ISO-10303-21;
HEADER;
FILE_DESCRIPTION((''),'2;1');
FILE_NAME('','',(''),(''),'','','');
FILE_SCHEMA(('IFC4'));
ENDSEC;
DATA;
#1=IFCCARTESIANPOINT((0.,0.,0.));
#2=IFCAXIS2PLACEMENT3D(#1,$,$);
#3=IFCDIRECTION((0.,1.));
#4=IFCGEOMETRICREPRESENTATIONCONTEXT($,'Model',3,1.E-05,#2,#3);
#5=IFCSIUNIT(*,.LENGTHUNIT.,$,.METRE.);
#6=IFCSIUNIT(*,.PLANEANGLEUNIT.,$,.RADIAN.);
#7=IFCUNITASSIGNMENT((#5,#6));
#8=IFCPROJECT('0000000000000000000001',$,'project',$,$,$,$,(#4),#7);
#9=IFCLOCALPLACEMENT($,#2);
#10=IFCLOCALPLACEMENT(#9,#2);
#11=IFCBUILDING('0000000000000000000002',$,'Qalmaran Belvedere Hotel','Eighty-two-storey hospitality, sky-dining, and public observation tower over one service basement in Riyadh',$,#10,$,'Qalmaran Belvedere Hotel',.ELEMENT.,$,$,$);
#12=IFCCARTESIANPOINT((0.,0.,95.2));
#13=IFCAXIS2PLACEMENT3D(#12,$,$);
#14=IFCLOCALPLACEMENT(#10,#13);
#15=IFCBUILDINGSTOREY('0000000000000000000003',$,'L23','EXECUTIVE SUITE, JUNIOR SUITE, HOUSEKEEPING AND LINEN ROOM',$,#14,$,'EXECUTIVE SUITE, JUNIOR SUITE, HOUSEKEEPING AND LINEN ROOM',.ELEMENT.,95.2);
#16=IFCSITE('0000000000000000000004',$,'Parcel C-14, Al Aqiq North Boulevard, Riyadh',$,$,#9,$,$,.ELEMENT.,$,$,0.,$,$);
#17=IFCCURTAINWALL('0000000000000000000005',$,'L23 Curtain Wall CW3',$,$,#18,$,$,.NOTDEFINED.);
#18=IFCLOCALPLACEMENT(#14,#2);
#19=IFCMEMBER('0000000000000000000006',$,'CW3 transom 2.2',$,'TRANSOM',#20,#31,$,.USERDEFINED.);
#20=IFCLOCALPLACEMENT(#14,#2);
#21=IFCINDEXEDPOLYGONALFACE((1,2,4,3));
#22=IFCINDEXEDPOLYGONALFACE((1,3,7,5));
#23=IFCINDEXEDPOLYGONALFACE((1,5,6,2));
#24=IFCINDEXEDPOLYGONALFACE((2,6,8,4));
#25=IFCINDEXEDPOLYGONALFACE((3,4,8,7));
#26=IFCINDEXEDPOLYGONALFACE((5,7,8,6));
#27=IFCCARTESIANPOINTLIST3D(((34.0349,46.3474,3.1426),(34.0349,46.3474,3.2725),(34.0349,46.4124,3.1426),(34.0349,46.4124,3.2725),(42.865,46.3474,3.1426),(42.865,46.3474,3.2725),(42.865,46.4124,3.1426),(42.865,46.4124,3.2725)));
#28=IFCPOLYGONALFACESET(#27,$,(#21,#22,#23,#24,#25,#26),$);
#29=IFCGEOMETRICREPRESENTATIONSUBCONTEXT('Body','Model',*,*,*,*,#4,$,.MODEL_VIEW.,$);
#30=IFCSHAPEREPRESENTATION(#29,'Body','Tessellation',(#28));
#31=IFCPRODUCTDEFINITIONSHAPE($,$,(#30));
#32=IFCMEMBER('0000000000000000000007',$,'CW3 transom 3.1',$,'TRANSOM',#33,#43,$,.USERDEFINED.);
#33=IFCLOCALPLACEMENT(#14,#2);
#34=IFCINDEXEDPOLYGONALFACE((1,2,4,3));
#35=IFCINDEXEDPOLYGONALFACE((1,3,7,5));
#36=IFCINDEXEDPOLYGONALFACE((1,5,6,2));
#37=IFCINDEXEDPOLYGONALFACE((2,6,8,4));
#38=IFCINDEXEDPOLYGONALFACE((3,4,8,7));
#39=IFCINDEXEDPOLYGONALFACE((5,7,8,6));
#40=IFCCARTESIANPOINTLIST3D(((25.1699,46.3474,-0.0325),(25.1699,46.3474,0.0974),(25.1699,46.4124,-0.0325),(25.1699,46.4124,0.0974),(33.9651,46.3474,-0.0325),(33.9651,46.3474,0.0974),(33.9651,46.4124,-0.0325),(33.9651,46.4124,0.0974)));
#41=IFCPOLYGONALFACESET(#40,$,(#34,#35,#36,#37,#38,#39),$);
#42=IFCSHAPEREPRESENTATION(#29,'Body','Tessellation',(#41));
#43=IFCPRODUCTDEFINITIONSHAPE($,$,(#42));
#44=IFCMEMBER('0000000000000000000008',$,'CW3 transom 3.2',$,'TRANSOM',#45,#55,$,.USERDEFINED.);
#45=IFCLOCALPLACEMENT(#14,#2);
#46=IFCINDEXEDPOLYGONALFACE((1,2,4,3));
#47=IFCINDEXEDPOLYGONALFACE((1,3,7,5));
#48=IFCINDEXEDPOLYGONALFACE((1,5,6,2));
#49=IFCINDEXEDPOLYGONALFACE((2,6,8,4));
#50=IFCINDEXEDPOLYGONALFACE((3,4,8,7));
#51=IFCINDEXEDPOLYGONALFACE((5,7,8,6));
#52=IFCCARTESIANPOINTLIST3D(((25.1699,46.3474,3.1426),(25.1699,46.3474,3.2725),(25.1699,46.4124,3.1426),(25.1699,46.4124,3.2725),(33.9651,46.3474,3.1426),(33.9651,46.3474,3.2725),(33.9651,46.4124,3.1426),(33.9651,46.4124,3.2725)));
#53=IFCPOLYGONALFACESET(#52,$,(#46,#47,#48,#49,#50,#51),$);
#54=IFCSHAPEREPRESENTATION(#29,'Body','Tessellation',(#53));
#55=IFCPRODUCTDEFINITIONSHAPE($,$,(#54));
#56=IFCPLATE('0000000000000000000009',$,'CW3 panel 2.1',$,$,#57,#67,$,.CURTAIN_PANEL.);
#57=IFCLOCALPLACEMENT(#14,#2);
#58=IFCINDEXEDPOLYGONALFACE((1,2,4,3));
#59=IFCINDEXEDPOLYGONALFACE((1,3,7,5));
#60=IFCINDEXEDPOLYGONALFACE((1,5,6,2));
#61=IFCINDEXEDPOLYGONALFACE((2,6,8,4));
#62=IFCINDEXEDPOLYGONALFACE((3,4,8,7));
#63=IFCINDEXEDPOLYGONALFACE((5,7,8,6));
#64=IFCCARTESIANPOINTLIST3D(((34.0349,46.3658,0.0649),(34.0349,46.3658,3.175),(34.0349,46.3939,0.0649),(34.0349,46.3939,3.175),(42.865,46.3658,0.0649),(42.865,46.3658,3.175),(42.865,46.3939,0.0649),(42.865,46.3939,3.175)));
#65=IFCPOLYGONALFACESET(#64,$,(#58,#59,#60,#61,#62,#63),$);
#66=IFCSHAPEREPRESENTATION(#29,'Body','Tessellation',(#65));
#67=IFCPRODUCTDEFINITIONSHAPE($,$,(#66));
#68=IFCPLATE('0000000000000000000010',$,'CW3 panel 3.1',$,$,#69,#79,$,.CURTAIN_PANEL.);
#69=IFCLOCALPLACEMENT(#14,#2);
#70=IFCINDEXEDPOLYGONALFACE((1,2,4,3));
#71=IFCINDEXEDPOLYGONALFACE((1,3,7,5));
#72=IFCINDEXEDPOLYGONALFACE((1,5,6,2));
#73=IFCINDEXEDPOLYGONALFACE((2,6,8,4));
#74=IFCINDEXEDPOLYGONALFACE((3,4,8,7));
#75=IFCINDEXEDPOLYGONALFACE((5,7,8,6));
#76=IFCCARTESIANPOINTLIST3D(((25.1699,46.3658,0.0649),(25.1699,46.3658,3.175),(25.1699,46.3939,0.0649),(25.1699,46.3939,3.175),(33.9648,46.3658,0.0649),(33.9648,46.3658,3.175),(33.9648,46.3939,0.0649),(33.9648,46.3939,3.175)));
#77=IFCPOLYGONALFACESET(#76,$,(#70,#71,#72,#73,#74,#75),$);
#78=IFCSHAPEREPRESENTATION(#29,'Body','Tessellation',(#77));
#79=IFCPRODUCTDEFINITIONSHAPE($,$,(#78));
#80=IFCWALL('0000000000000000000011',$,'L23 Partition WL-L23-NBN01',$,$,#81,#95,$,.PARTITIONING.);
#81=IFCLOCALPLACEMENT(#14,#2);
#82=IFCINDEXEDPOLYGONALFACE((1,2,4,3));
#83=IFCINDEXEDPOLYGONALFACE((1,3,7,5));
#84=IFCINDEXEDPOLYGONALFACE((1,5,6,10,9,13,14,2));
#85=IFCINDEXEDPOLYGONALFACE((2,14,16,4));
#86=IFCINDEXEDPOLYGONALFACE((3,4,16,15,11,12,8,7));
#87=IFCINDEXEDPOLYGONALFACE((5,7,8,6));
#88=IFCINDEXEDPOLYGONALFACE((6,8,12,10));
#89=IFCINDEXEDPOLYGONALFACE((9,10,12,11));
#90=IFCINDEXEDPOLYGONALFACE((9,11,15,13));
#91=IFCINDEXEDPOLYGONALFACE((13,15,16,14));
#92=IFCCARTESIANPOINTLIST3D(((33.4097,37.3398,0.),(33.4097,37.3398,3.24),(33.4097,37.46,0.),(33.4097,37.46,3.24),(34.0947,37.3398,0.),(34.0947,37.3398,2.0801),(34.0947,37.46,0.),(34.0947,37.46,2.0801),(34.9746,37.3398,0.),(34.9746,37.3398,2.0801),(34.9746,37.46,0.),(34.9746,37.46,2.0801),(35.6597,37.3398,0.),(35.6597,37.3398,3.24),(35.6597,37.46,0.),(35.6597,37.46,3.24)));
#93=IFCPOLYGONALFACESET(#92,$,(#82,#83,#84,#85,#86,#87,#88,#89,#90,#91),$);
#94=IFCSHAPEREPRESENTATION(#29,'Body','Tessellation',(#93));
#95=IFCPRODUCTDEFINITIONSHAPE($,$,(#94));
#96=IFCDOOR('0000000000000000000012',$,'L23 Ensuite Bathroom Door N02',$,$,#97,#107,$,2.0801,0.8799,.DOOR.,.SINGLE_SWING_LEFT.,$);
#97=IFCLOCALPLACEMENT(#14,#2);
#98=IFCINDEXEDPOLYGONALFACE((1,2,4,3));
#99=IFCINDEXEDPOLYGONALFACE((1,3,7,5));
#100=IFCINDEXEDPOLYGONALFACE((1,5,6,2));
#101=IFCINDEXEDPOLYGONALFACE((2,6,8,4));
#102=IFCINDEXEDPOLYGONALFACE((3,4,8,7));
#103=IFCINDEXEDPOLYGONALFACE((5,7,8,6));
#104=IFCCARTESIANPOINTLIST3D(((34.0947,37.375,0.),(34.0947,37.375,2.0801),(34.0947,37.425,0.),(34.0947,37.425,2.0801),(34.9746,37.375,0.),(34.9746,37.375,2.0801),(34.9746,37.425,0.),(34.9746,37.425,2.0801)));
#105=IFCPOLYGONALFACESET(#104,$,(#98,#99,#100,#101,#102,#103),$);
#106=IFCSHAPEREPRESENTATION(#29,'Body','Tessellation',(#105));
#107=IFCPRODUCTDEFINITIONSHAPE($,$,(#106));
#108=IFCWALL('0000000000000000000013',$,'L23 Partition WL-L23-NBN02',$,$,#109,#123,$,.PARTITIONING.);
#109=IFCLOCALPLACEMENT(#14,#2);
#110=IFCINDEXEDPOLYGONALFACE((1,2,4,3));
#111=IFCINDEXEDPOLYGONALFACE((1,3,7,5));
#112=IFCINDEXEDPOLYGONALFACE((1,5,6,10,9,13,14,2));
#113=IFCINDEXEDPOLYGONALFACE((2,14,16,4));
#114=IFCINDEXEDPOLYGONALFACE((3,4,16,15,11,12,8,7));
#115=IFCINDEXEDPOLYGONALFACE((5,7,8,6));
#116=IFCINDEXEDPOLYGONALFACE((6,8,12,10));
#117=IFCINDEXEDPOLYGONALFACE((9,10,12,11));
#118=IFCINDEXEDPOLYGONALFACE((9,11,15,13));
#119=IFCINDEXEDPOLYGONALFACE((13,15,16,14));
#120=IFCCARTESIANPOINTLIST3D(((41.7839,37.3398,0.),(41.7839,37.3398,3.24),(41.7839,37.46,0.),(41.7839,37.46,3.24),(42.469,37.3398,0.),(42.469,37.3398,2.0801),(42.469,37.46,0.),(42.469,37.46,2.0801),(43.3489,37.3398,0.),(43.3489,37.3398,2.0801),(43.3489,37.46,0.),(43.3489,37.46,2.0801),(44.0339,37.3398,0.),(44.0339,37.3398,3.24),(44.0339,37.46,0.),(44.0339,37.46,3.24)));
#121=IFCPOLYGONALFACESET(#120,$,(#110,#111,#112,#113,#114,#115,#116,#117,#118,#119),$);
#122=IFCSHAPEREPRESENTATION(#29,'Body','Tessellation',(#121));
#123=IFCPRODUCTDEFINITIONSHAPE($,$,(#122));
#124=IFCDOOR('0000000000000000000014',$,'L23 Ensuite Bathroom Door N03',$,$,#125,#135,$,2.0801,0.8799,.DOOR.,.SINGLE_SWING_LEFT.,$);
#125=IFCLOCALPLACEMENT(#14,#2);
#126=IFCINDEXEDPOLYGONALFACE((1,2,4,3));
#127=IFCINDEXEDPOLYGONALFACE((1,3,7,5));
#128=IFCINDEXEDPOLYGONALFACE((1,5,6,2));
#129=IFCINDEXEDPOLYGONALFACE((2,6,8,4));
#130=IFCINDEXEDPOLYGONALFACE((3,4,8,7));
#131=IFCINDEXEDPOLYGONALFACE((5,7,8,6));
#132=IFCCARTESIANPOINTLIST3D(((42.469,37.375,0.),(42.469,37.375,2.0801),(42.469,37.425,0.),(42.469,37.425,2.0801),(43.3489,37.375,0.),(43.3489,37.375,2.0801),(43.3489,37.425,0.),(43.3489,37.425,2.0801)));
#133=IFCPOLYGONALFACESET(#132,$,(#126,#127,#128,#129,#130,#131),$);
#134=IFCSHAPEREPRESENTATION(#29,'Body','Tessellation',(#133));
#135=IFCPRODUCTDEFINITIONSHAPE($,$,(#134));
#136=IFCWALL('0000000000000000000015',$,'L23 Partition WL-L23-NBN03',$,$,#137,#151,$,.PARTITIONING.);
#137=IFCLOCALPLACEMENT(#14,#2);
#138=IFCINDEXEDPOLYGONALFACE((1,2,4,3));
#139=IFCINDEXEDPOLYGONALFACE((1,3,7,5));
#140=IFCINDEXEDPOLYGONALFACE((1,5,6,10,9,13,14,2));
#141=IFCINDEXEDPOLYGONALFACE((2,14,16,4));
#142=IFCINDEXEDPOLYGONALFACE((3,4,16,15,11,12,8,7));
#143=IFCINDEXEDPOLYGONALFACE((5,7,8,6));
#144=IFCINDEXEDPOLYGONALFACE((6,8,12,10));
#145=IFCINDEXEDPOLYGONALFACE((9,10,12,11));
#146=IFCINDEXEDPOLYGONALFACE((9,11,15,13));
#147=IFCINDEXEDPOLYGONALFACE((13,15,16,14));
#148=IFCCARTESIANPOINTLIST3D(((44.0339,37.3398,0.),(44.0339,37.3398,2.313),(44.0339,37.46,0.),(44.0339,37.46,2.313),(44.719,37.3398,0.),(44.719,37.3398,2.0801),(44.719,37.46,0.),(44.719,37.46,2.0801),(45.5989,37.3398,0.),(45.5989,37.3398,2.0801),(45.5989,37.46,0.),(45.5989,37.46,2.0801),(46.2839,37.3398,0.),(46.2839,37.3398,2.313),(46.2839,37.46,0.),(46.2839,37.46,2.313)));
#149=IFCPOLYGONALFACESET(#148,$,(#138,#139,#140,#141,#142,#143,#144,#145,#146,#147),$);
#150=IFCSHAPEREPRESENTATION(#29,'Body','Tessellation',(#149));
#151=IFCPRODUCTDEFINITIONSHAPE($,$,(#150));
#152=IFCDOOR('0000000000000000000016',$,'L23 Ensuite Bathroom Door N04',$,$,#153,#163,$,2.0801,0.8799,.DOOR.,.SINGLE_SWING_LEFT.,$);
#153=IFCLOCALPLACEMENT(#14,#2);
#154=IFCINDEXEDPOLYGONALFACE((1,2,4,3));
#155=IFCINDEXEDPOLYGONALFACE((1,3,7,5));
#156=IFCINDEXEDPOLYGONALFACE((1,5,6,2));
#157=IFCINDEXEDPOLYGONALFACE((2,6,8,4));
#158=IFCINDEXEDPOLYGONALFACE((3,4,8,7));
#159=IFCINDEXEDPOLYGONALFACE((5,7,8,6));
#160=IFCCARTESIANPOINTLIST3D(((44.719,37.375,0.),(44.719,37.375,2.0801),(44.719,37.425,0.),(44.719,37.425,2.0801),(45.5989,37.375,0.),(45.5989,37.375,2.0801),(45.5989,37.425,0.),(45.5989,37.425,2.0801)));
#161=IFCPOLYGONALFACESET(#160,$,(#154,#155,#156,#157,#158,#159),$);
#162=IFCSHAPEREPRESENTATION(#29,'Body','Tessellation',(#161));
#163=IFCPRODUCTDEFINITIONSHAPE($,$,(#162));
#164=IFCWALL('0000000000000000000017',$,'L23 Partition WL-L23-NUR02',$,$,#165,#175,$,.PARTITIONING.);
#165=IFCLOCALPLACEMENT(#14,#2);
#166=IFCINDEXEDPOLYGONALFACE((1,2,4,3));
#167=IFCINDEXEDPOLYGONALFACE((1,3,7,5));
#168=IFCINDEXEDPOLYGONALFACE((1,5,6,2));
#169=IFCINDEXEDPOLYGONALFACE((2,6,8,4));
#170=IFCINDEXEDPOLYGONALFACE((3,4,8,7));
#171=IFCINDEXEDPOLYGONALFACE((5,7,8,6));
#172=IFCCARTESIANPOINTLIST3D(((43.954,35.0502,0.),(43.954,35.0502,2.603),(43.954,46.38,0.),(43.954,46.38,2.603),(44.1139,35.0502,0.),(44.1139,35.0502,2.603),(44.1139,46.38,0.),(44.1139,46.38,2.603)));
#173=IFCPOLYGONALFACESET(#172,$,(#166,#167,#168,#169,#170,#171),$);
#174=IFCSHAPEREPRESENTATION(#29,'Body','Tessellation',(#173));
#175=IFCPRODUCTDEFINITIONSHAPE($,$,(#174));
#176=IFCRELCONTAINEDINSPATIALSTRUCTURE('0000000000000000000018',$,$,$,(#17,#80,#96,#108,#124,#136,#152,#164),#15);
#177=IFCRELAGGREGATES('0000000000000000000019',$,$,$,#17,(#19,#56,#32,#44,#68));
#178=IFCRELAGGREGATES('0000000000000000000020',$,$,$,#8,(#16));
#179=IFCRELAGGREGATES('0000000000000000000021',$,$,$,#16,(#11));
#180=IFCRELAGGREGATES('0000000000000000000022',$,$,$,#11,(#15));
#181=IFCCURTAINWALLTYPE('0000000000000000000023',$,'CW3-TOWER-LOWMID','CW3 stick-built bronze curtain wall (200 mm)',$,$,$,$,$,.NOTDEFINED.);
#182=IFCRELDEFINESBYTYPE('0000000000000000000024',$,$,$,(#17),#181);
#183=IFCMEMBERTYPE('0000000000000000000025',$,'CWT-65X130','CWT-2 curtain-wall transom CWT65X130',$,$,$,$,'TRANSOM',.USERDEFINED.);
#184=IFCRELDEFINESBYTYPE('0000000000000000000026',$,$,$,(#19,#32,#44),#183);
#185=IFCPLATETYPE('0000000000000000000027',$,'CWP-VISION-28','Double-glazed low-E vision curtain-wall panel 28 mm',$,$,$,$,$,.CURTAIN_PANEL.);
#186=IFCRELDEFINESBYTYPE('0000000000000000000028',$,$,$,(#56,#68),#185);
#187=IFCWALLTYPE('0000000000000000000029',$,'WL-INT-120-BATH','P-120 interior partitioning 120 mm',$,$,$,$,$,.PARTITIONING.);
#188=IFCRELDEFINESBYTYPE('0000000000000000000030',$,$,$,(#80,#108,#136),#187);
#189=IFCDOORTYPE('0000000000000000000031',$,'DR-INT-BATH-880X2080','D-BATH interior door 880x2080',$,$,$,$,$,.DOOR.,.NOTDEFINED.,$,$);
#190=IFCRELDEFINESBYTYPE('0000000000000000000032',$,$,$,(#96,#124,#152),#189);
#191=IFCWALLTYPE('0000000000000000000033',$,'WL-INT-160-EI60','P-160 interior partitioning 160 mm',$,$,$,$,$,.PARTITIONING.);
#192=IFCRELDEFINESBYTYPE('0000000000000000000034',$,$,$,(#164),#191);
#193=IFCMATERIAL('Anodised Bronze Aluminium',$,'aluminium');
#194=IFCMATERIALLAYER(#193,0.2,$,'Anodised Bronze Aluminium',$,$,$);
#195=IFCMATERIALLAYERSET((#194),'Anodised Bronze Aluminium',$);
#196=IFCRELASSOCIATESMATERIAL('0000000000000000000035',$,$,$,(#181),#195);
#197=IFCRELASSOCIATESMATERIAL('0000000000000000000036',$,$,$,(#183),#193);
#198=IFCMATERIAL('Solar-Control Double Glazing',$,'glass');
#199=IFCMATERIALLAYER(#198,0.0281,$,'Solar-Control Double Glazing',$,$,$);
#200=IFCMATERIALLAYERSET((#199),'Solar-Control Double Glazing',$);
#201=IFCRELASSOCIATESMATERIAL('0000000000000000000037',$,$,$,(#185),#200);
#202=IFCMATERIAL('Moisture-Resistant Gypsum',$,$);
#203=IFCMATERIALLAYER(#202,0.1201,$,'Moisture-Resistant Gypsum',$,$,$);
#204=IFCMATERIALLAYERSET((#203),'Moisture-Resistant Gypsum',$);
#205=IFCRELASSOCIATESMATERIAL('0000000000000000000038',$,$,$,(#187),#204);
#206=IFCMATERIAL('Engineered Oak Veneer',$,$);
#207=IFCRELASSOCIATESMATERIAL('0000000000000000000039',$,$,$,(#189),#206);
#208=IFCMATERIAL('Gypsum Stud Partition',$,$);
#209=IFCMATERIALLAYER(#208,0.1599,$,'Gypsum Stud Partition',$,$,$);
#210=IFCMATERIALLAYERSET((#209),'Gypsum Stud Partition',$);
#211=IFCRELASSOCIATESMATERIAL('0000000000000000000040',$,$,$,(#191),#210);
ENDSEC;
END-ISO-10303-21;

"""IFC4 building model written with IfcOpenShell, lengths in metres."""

from ifc_helpers import new_model, si_unit, direction, frame, frame_2d, origin, origin_2d, place, context, subcontext, project, spatial, rectangle, extrude, material, layer, layer_set, material_profile, profile_set, type_object, element, fill, aggregate, save


model = new_model("IFC4")

# Units and contexts
model_context = context("Model", 3, precision=1e-05, world=origin(), true_north=direction((0.0, 1.0)))
body_context = subcontext(model_context, "Body", "Model", "MODEL_VIEW")
ifc_project = project(units=[si_unit("LENGTHUNIT", "METRE"), si_unit("PLANEANGLEUNIT", "RADIAN")], contexts=[model_context])

# Site, building, storey
site_placement = place(None, origin())
site = spatial("IfcSite", under=ifc_project, at=site_placement, Name="Parcel C-14, Al Aqiq North Boulevard, Riyadh", CompositionType="ELEMENT", RefElevation=0.0)
building_placement = place(site_placement, origin())
building = spatial("IfcBuilding", under=site, at=building_placement, Name="Qalmaran Belvedere Hotel", Description="Eighty-two-storey hospitality, sky-dining, and public observation tower over one service basement in Riyadh", LongName="Qalmaran Belvedere Hotel", CompositionType="ELEMENT")
storey_placement = place(building_placement, frame((0.0, 0.0, 95.2)))
storey = spatial("IfcBuildingStorey", under=building, at=storey_placement, Name="L23", Description="EXECUTIVE SUITE, JUNIOR SUITE, HOUSEKEEPING AND LINEN ROOM", LongName="EXECUTIVE SUITE, JUNIOR SUITE, HOUSEKEEPING AND LINEN ROOM", CompositionType="ELEMENT", Elevation=95.2)

# Curtain wall, members, plates
ifc_material_1 = material(Name="Anodised Bronze Aluminium", Category="aluminium")
ifc_layer_1 = layer(ifc_material_1, 0.2, Name="Anodised Bronze Aluminium")
ifc_layer_set_1 = layer_set([ifc_layer_1], Name="Anodised Bronze Aluminium")
curtain_wall_type = type_object("IfcCurtainWallType", Name="CW3-TOWER-LOWMID", Description="CW3 stick-built bronze curtain wall (200 mm)", PredefinedType="NOTDEFINED", material=ifc_layer_set_1)
curtain_wall_placement = place(storey_placement, origin())
curtain_wall = element("IfcCurtainWall", 1, at=curtain_wall_placement, inside=storey, type_object=curtain_wall_type, Name="L23 Curtain Wall CW3", PredefinedType="NOTDEFINED")
ifc_material_profile_1 = material_profile(ifc_material_1, rectangle(XDim=0.0649, YDim=0.1299, at=origin_2d()), Name="CWT65X130")
ifc_profile_set_1 = profile_set([ifc_material_profile_1], Name="Anodised Bronze Aluminium")
member_type_1 = type_object("IfcMemberType", Name="CWT-65X130", Description="CWT-2 curtain-wall transom CWT65X130", ElementType="TRANSOM", PredefinedType="USERDEFINED", material=ifc_profile_set_1)
member_1_placement = place(storey_placement, frame((42.865, 46.3799, 3.2075), z_axis=(-1.0, 0.0, 0.0), x_axis=(0.0, -1.0, 0.0)))
member_1 = element("IfcMember", 2, at=member_1_placement, type_object=member_type_1, Name="CW3 transom 2.2", ObjectType="TRANSOM", PredefinedType="USERDEFINED", context=body_context, shape_type="SweptSolid", body=[
    extrude(rectangle(XDim=0.0649, YDim=0.1299, at=origin_2d()), origin(), (0.0, 0.0, 1.0), 8.8301),
])
member_2_placement = place(storey_placement, frame((33.9651, 46.3799, 0.0325), z_axis=(-1.0, 0.0, 0.0), x_axis=(0.0, -1.0, 0.0)))
member_2 = element("IfcMember", 3, at=member_2_placement, type_object=member_type_1, Name="CW3 transom 3.1", ObjectType="TRANSOM", PredefinedType="USERDEFINED", context=body_context, shape_type="SweptSolid", body=[
    extrude(rectangle(XDim=0.0649, YDim=0.1299, at=origin_2d()), origin(), (0.0, 0.0, 1.0), 8.7952),
])
member_3_placement = place(storey_placement, frame((33.9651, 46.3799, 3.2075), z_axis=(-1.0, 0.0, 0.0), x_axis=(0.0, -1.0, 0.0)))
member_3 = element("IfcMember", 4, at=member_3_placement, type_object=member_type_1, Name="CW3 transom 3.2", ObjectType="TRANSOM", PredefinedType="USERDEFINED", context=body_context, shape_type="SweptSolid", body=[
    extrude(rectangle(XDim=0.0649, YDim=0.1299, at=origin_2d()), origin(), (0.0, 0.0, 1.0), 8.7952),
])
ifc_material_2 = material(Name="Solar-Control Double Glazing", Category="glass")
ifc_layer_2 = layer(ifc_material_2, 0.0281, Name="Solar-Control Double Glazing")
ifc_layer_set_2 = layer_set([ifc_layer_2], Name="Solar-Control Double Glazing")
plate_type = type_object("IfcPlateType", Name="CWP-VISION-28", Description="Double-glazed low-E vision curtain-wall panel 28 mm", PredefinedType="CURTAIN_PANEL", material=ifc_layer_set_2)
plate_1_placement = place(storey_placement, frame((38.45, 46.3799, 0.0649), z_axis=(0.0, 0.0, 1.0), x_axis=(-1.0, 0.0, 0.0)))
plate_1 = element("IfcPlate", 5, at=plate_1_placement, type_object=plate_type, Name="CW3 panel 2.1", PredefinedType="CURTAIN_PANEL", context=body_context, shape_type="SweptSolid", body=[
    extrude(rectangle(XDim=8.8301, YDim=0.0281, at=origin_2d()), origin(), (0.0, 0.0, 1.0), 3.1101),
])
plate_2_placement = place(storey_placement, frame((29.5674, 46.3799, 0.0649), z_axis=(0.0, 0.0, 1.0), x_axis=(-1.0, 0.0, 0.0)))
plate_2 = element("IfcPlate", 6, at=plate_2_placement, type_object=plate_type, Name="CW3 panel 3.1", PredefinedType="CURTAIN_PANEL", context=body_context, shape_type="SweptSolid", body=[
    extrude(rectangle(XDim=8.7949, YDim=0.0281, at=origin_2d()), origin(), (0.0, 0.0, 1.0), 3.1101),
])
aggregate(curtain_wall, [member_1, plate_1, member_2, member_3, plate_2])

# Walls, openings, doors
ifc_material_3 = material(Name="Moisture-Resistant Gypsum")
ifc_layer_3 = layer(ifc_material_3, 0.1201, Name="Moisture-Resistant Gypsum")
ifc_layer_set_3 = layer_set([ifc_layer_3], Name="Moisture-Resistant Gypsum")
wall_type_1 = type_object("IfcWallType", Name="WL-INT-120-BATH", Description="P-120 interior partitioning 120 mm", PredefinedType="PARTITIONING", material=ifc_layer_set_3)
wall_1_placement = place(storey_placement, frame((33.4097, 37.3999, 0.0), z_axis=(0.0, 0.0, 1.0), x_axis=(1.0, 0.0, 0.0)))
wall_1 = element("IfcWall", 7, at=wall_1_placement, inside=storey, type_object=wall_type_1, Name="L23 Partition WL-L23-NBN01", PredefinedType="PARTITIONING", context=body_context, shape_type="SweptSolid", body=[
    extrude(rectangle(XDim=2.25, YDim=0.1201, at=frame_2d((1.125, 0.0))), origin(), (0.0, 0.0, 1.0), 3.24),
])
opening_1_placement = place(wall_1_placement, frame((1.5649, 0.0, 0.0), z_axis=(0.0, 0.0, 1.0), x_axis=(-1.0, 0.0, 0.0)))
opening_1 = element("IfcOpeningElement", 8, at=opening_1_placement, cuts=wall_1, PredefinedType="OPENING", context=body_context, shape_type="SweptSolid", body=[
    extrude(rectangle(XDim=0.8799, YDim=2.0801, at=frame_2d((0.4399, 1.04))), frame((0.0, 0.0701, 0.0), z_axis=(0.0, -1.0, 0.0), x_axis=(1.0, 0.0, 0.0)), (0.0, 0.0, 1.0), 0.1401),
])
ifc_material_4 = material(Name="Engineered Oak Veneer")
door_type = type_object("IfcDoorType", Name="DR-INT-BATH-880X2080", Description="D-BATH interior door 880x2080", OperationType="NOTDEFINED", PredefinedType="DOOR", material=ifc_material_4)
door_1_placement = place(opening_1_placement, origin())
door_1 = element("IfcDoor", 9, at=door_1_placement, inside=storey, type_object=door_type, Name="L23 Ensuite Bathroom Door N02", OperationType="SINGLE_SWING_LEFT", OverallHeight=2.0801, OverallWidth=0.8799, PredefinedType="DOOR", context=body_context, shape_type="SweptSolid", body=[
    extrude(rectangle(XDim=0.8799, YDim=2.0801, at=frame_2d((0.4399, 1.04))), frame((0.0, 0.0249, 0.0), z_axis=(0.0, -1.0, 0.0), x_axis=(1.0, 0.0, 0.0)), (0.0, 0.0, 1.0), 0.05),
])
fill(opening_1, door_1)
wall_2_placement = place(storey_placement, frame((41.7839, 37.3999, 0.0), z_axis=(0.0, 0.0, 1.0), x_axis=(1.0, 0.0, 0.0)))
wall_2 = element("IfcWall", 10, at=wall_2_placement, inside=storey, type_object=wall_type_1, Name="L23 Partition WL-L23-NBN02", PredefinedType="PARTITIONING", context=body_context, shape_type="SweptSolid", body=[
    extrude(rectangle(XDim=2.25, YDim=0.1201, at=frame_2d((1.125, 0.0))), origin(), (0.0, 0.0, 1.0), 3.24),
])
opening_2_placement = place(wall_2_placement, frame((1.5649, 0.0, 0.0), z_axis=(0.0, 0.0, 1.0), x_axis=(-1.0, 0.0, 0.0)))
opening_2 = element("IfcOpeningElement", 11, at=opening_2_placement, cuts=wall_2, PredefinedType="OPENING", context=body_context, shape_type="SweptSolid", body=[
    extrude(rectangle(XDim=0.8799, YDim=2.0801, at=frame_2d((0.4399, 1.04))), frame((0.0, 0.0701, 0.0), z_axis=(0.0, -1.0, 0.0), x_axis=(1.0, 0.0, 0.0)), (0.0, 0.0, 1.0), 0.1401),
])
door_2_placement = place(opening_2_placement, origin())
door_2 = element("IfcDoor", 12, at=door_2_placement, inside=storey, type_object=door_type, Name="L23 Ensuite Bathroom Door N03", OperationType="SINGLE_SWING_LEFT", OverallHeight=2.0801, OverallWidth=0.8799, PredefinedType="DOOR", context=body_context, shape_type="SweptSolid", body=[
    extrude(rectangle(XDim=0.8799, YDim=2.0801, at=frame_2d((0.4399, 1.04))), frame((0.0, 0.0249, 0.0), z_axis=(0.0, -1.0, 0.0), x_axis=(1.0, 0.0, 0.0)), (0.0, 0.0, 1.0), 0.05),
])
fill(opening_2, door_2)
wall_3_placement = place(storey_placement, frame((44.0339, 37.3999, 0.0), z_axis=(0.0, 0.0, 1.0), x_axis=(1.0, 0.0, 0.0)))
wall_3 = element("IfcWall", 13, at=wall_3_placement, inside=storey, type_object=wall_type_1, Name="L23 Partition WL-L23-NBN03", PredefinedType="PARTITIONING", context=body_context, shape_type="SweptSolid", body=[
    extrude(rectangle(XDim=2.25, YDim=0.1201, at=frame_2d((1.125, 0.0))), origin(), (0.0, 0.0, 1.0), 2.313),
])
opening_3_placement = place(wall_3_placement, frame((1.5649, 0.0, 0.0), z_axis=(0.0, 0.0, 1.0), x_axis=(-1.0, 0.0, 0.0)))
opening_3 = element("IfcOpeningElement", 14, at=opening_3_placement, cuts=wall_3, PredefinedType="OPENING", context=body_context, shape_type="SweptSolid", body=[
    extrude(rectangle(XDim=0.8799, YDim=2.0801, at=frame_2d((0.4399, 1.04))), frame((0.0, 0.0701, 0.0), z_axis=(0.0, -1.0, 0.0), x_axis=(1.0, 0.0, 0.0)), (0.0, 0.0, 1.0), 0.1401),
])
door_3_placement = place(opening_3_placement, origin())
door_3 = element("IfcDoor", 15, at=door_3_placement, inside=storey, type_object=door_type, Name="L23 Ensuite Bathroom Door N04", OperationType="SINGLE_SWING_LEFT", OverallHeight=2.0801, OverallWidth=0.8799, PredefinedType="DOOR", context=body_context, shape_type="SweptSolid", body=[
    extrude(rectangle(XDim=0.8799, YDim=2.0801, at=frame_2d((0.4399, 1.04))), frame((0.0, 0.0249, 0.0), z_axis=(0.0, -1.0, 0.0), x_axis=(1.0, 0.0, 0.0)), (0.0, 0.0, 1.0), 0.05),
])
fill(opening_3, door_3)

# Wall
ifc_material_5 = material(Name="Gypsum Stud Partition")
ifc_layer_4 = layer(ifc_material_5, 0.1599, Name="Gypsum Stud Partition")
ifc_layer_set_4 = layer_set([ifc_layer_4], Name="Gypsum Stud Partition")
wall_type_2 = type_object("IfcWallType", Name="WL-INT-160-EI60", Description="P-160 interior partitioning 160 mm", PredefinedType="PARTITIONING", material=ifc_layer_set_4)
wall_4_placement = place(storey_placement, frame((44.0339, 35.05, 0.0), z_axis=(0.0, 0.0, 1.0), x_axis=(0.0, 1.0, 0.0)))
element("IfcWall", 16, at=wall_4_placement, inside=storey, type_object=wall_type_2, Name="L23 Partition WL-L23-NUR02", PredefinedType="PARTITIONING", context=body_context, shape_type="SweptSolid", body=[
    extrude(rectangle(XDim=11.3298, YDim=0.1599, at=frame_2d((5.665, 0.0))), origin(), (0.0, 0.0, 1.0), 2.603),
])

save(model, "model.ifc")
